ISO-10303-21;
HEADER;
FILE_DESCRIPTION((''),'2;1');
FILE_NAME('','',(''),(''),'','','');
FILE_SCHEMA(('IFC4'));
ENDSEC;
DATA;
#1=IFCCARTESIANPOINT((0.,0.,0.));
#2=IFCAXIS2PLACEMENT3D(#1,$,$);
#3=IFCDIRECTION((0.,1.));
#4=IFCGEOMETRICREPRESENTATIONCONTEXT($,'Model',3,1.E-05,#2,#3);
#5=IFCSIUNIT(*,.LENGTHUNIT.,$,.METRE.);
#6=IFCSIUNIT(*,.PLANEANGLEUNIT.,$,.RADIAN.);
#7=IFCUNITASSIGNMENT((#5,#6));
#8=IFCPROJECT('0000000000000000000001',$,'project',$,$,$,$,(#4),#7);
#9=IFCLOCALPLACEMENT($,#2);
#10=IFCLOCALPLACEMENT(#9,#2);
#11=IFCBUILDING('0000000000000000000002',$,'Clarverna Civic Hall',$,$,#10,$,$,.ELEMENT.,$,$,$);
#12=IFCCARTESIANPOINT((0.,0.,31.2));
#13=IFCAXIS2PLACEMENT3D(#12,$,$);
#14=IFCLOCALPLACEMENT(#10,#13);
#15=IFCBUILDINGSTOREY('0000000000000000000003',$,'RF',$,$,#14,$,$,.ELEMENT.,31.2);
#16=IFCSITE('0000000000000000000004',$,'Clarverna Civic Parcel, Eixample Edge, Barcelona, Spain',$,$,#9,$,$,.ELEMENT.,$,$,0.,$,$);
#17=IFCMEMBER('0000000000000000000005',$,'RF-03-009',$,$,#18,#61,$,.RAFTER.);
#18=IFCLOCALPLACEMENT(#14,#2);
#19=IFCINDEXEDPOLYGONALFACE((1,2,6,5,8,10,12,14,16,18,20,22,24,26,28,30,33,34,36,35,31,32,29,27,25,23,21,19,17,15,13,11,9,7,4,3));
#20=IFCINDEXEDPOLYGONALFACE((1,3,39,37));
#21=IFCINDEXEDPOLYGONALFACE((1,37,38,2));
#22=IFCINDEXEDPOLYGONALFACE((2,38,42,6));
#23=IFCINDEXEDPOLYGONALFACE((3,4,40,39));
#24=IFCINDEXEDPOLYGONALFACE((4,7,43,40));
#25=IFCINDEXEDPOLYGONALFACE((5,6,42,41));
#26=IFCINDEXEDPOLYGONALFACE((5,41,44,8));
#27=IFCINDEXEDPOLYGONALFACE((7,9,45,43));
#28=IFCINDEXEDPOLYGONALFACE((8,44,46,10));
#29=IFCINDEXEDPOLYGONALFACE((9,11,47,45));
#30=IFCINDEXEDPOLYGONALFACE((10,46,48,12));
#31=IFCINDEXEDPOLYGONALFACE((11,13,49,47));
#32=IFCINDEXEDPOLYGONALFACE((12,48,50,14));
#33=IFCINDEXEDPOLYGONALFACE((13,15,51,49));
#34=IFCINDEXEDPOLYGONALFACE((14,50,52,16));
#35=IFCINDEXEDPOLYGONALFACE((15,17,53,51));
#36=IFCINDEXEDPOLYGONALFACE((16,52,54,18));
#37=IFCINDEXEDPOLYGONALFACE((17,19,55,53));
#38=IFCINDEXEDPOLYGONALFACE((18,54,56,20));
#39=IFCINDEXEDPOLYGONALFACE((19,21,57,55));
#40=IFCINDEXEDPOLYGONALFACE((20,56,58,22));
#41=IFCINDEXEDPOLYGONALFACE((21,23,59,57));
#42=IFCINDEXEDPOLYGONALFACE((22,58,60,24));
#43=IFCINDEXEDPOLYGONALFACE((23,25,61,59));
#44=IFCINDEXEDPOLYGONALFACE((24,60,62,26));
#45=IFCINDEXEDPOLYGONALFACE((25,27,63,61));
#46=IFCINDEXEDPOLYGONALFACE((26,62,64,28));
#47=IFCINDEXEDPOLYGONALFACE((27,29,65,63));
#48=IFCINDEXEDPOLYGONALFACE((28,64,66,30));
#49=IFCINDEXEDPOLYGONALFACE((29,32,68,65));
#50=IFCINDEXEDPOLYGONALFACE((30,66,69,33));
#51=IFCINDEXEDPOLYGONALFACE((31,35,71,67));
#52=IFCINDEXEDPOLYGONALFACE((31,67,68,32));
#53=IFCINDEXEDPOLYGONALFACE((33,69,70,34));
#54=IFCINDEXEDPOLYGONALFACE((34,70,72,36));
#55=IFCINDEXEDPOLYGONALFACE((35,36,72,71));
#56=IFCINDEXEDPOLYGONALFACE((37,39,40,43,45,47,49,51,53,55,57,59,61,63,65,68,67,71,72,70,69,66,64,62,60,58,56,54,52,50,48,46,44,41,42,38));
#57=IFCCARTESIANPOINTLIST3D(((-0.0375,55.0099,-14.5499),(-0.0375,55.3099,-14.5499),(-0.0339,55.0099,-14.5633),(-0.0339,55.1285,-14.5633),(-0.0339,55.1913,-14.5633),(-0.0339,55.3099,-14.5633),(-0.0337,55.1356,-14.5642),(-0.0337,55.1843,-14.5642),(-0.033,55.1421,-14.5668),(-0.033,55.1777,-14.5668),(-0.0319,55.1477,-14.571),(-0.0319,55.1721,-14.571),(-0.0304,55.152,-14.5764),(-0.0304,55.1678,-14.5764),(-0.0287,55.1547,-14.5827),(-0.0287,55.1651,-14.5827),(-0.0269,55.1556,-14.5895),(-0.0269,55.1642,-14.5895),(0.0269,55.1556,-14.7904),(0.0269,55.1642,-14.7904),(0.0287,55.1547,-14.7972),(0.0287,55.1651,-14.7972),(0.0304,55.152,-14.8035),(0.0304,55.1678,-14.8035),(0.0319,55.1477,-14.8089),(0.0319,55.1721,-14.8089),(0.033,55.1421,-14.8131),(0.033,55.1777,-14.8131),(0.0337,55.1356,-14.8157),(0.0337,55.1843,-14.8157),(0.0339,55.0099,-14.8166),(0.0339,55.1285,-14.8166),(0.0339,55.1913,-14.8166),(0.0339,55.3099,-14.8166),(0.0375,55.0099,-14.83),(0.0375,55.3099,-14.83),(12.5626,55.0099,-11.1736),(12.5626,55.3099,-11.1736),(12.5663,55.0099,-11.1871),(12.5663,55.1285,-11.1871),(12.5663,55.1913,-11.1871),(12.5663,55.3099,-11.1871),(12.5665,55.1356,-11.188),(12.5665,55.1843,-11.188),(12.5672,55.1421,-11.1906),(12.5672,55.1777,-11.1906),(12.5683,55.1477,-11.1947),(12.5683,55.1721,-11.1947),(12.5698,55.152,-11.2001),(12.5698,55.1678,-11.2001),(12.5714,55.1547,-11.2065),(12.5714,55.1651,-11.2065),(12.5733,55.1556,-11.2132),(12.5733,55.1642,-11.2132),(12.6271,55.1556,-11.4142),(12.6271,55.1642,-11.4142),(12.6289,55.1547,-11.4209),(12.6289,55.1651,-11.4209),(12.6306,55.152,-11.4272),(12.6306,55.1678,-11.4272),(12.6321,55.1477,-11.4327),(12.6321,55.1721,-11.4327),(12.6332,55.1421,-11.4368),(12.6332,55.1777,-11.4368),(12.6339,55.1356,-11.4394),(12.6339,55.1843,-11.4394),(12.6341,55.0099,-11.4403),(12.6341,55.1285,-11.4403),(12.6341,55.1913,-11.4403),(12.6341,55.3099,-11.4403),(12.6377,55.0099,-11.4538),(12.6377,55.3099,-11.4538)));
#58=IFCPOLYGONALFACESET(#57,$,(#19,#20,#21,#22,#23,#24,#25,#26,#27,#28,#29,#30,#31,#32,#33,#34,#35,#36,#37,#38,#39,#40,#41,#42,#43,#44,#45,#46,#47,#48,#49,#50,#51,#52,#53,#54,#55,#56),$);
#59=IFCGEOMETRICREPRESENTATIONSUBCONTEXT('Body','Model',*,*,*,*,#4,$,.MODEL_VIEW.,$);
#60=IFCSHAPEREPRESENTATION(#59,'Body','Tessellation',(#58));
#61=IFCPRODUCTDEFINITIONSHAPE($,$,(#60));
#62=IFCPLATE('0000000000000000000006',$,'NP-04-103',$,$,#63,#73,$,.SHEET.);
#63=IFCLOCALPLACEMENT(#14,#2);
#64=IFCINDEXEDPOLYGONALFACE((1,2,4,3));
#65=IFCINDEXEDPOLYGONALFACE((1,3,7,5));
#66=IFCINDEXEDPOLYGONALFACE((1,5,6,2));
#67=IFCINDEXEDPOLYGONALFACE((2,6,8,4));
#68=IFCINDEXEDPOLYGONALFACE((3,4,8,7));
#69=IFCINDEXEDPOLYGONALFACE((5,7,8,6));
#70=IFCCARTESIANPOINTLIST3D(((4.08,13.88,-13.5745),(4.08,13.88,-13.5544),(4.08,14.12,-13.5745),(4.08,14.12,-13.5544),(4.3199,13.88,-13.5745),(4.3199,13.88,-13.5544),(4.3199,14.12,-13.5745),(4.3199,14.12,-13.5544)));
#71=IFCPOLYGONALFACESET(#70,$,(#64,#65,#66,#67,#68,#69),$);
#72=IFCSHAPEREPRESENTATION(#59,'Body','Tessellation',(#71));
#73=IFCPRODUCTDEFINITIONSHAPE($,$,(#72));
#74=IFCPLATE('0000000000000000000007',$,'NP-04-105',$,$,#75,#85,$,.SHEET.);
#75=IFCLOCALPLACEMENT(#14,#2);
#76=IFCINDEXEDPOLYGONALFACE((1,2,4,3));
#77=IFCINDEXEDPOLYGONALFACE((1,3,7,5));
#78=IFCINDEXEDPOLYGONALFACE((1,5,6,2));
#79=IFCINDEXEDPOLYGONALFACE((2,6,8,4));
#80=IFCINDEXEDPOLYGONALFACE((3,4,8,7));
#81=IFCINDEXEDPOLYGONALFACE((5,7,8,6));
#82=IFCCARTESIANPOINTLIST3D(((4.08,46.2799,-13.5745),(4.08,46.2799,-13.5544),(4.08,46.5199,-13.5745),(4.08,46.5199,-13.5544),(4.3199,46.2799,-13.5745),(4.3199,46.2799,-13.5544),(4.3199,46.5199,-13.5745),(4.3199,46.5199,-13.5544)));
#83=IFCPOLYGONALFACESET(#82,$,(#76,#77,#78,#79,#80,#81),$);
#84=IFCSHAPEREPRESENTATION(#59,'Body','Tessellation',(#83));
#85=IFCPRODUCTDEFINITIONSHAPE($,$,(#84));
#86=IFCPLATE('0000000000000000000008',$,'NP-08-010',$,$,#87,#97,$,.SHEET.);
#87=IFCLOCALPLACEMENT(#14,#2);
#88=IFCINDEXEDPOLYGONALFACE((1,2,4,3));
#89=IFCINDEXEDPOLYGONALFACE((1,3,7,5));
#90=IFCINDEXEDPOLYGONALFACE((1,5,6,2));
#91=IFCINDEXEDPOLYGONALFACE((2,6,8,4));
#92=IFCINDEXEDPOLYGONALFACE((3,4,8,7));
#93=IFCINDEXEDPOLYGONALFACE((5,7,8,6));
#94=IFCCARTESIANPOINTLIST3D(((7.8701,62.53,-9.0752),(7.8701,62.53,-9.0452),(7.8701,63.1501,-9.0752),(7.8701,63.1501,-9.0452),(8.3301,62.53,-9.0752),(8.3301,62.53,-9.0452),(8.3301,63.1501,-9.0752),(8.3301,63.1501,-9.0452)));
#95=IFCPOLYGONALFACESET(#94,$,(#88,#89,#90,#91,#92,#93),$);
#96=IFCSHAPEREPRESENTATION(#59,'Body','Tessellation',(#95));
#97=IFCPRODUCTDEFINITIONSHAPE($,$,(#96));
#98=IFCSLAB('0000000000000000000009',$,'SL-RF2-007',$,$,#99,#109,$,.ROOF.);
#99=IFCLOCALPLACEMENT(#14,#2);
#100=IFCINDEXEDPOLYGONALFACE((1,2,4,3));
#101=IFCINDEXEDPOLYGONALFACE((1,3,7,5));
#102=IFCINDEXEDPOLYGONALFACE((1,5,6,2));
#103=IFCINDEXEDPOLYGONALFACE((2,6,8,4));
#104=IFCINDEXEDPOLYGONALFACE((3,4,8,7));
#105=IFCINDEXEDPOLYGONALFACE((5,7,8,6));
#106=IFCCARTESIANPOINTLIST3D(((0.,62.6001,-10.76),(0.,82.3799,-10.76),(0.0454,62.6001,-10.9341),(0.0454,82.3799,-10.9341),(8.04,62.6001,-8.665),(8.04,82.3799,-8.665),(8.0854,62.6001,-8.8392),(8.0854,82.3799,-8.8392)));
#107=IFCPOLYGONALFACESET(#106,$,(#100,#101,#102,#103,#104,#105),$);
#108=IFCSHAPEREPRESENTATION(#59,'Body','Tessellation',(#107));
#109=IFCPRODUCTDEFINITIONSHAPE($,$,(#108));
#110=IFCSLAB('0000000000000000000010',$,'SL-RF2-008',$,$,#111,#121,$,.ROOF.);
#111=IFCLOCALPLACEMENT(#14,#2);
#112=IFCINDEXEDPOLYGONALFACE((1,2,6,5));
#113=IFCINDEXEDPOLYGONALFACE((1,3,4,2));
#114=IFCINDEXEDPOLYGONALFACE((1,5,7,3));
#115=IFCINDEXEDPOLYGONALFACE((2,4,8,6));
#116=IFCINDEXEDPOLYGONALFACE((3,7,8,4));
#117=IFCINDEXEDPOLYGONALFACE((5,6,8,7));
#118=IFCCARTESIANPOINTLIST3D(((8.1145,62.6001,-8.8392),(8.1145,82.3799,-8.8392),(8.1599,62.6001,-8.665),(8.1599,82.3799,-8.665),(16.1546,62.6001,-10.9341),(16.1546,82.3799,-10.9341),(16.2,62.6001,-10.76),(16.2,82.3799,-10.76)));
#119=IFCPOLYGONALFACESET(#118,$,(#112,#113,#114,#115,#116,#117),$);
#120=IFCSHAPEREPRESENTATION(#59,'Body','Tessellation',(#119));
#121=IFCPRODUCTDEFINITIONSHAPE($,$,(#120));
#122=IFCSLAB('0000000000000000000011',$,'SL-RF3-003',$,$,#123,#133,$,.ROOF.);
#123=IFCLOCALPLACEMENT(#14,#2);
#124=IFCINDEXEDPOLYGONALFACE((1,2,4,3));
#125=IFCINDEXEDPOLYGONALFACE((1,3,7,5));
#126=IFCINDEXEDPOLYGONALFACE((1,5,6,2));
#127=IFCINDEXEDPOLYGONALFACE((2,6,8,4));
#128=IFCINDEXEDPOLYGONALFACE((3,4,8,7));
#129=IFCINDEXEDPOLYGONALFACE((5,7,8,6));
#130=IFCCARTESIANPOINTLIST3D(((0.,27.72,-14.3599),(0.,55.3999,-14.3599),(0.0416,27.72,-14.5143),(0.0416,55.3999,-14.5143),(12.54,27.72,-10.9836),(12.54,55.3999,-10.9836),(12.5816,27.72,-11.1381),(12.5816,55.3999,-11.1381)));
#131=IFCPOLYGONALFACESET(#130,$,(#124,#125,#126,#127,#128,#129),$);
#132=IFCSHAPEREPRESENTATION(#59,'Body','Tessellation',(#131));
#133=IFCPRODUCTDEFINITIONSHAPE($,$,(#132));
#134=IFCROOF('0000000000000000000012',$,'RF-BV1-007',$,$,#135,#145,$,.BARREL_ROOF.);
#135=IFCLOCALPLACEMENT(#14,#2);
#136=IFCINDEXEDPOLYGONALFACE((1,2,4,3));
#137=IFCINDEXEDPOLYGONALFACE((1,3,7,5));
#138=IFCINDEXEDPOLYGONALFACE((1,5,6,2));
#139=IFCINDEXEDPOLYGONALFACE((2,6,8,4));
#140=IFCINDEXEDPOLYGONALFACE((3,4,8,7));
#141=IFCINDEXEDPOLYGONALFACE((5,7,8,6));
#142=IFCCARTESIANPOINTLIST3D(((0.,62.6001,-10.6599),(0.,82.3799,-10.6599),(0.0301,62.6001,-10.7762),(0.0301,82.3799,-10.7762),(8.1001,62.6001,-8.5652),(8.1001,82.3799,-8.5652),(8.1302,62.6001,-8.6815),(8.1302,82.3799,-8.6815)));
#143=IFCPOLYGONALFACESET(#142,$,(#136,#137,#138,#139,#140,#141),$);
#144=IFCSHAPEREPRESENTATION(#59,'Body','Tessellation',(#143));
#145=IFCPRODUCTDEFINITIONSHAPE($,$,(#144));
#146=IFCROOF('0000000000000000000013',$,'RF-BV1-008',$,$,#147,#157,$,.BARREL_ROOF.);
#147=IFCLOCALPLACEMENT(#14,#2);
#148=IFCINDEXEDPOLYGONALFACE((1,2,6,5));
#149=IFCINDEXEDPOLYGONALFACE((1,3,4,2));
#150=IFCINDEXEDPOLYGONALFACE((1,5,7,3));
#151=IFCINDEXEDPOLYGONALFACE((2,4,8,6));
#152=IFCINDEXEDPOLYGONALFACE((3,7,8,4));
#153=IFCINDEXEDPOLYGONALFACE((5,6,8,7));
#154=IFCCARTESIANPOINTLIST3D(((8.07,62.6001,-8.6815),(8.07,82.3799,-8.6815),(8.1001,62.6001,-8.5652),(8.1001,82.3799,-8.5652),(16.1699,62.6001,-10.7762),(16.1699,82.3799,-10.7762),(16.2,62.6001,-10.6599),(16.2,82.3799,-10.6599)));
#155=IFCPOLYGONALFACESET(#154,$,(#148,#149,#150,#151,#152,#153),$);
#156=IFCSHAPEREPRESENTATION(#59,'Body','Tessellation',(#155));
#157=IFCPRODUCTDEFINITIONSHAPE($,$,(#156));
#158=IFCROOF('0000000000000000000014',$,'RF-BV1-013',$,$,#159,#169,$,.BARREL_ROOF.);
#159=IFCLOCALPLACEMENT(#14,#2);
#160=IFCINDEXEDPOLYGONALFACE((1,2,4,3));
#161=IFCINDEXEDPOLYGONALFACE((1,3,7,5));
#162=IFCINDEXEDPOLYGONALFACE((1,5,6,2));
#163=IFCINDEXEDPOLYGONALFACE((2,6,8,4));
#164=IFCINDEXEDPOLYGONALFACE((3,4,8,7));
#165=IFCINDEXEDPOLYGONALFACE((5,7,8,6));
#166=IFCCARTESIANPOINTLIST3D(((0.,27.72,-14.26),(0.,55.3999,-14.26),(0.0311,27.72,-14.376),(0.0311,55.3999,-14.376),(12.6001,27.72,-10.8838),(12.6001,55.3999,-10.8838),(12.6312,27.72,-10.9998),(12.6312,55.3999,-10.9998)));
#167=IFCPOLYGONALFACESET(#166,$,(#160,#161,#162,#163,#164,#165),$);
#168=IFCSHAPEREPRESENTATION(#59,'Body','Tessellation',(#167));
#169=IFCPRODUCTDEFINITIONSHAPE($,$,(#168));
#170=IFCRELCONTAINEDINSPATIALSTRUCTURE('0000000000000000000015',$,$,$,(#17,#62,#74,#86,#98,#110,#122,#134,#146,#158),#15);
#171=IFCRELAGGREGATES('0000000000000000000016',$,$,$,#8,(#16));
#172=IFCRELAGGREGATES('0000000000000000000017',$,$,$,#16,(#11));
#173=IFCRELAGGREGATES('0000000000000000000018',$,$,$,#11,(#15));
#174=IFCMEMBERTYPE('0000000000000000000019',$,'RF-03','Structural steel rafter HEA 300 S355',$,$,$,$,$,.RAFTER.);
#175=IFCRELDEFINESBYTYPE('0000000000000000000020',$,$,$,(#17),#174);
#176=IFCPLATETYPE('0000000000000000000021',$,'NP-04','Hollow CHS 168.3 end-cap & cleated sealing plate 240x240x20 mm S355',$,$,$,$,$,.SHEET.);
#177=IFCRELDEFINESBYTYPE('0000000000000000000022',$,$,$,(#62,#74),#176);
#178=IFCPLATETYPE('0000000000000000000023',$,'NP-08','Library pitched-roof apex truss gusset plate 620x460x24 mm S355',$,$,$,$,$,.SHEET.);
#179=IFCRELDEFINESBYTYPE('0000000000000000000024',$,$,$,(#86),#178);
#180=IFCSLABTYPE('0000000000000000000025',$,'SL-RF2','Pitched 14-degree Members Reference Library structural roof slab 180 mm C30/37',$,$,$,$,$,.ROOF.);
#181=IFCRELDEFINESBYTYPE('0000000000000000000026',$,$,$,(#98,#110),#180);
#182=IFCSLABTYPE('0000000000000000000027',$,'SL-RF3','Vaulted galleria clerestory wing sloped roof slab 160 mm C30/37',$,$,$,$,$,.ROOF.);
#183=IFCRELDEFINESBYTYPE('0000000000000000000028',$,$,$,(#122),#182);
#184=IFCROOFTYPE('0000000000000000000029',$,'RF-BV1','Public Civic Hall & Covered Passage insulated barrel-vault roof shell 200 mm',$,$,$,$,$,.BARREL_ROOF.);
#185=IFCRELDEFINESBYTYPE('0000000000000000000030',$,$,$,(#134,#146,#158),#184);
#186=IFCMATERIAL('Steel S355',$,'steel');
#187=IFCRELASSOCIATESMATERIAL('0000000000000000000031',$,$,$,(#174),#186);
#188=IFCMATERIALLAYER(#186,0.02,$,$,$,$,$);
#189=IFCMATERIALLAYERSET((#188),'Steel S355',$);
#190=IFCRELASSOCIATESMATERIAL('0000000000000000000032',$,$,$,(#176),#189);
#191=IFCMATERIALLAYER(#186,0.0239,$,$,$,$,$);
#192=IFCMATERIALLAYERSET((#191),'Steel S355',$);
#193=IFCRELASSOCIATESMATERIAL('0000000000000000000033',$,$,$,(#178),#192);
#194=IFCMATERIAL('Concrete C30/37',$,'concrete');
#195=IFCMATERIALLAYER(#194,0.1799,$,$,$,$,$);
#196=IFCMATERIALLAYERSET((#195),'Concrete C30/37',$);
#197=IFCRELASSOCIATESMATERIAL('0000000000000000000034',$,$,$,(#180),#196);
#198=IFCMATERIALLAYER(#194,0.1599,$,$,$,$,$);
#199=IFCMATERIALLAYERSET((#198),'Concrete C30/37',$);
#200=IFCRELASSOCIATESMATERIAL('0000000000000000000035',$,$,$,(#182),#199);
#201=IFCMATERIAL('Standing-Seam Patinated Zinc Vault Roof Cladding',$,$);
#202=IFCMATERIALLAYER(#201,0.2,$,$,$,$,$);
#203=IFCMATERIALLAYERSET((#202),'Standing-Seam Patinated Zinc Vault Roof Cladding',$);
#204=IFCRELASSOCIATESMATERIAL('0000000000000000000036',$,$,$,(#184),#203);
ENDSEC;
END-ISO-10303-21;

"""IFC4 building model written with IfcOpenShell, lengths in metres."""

from ifc_helpers import new_model, si_unit, direction, frame, origin, origin_2d, place, context, subcontext, project, spatial, polyline, rectangle, i_section, outline, extrude, material, layer, layer_set, material_profile, profile_set, type_object, element, save


model = new_model("IFC4")

# Units and contexts
model_context = context("Model", 3, precision=1e-05, world=origin(), true_north=direction((0.0, 1.0)))
body_context = subcontext(model_context, "Body", "Model", "MODEL_VIEW")
ifc_project = project(units=[si_unit("LENGTHUNIT", "METRE"), si_unit("PLANEANGLEUNIT", "RADIAN")], contexts=[model_context])

# Site, building, storey
site_placement = place(None, origin())
site = spatial("IfcSite", under=ifc_project, at=site_placement, Name="Clarverna Civic Parcel, Eixample Edge, Barcelona, Spain", CompositionType="ELEMENT", RefElevation=0.0)
building_placement = place(site_placement, origin())
building = spatial("IfcBuilding", under=site, at=building_placement, Name="Clarverna Civic Hall", CompositionType="ELEMENT")
storey_placement = place(building_placement, frame((0.0, 0.0, 31.2)))
storey = spatial("IfcBuildingStorey", under=building, at=storey_placement, Name="RF", CompositionType="ELEMENT", Elevation=31.2)

# Member
ifc_material_1 = material(Name="Steel S355", Category="steel")
ifc_material_profile_1 = material_profile(ifc_material_1, i_section(OverallWidth=0.3, OverallDepth=0.29, WebThickness=0.0085, FlangeThickness=0.0139, FilletRadius=0.0271, at=origin_2d()), Name="HEA 300")
ifc_profile_set_1 = profile_set([ifc_material_profile_1], Name="Steel S355")
member_type_1 = type_object("IfcMemberType", Name="RF-03", Description="Structural steel rafter HEA 300 S355", PredefinedType="RAFTER", material=ifc_profile_set_1)
for number, where, z_axis, x_axis, name in (
    (1, (0.0, 55.1599, -14.6899), (0.965925, 0.0, 0.258822), (0.0, 1.0, 0.0), "RF-03-009"),
):
    element("IfcMember", number, at=place(storey_placement, frame(where, z_axis=z_axis, x_axis=x_axis)), inside=storey, type_object=member_type_1, Name=name, PredefinedType="RAFTER", context=body_context, shape_type="SweptSolid", body=[
        extrude(i_section(OverallWidth=0.3, OverallDepth=0.29, WebThickness=0.0085, FlangeThickness=0.0139, FilletRadius=0.0271, at=origin_2d()), origin(), (0.0, 0.0, 1.0), 13.0447),
    ])

# Plates
ifc_layer_1 = layer(ifc_material_1, 0.02)
ifc_layer_set_1 = layer_set([ifc_layer_1], Name="Steel S355")
plate_type_1 = type_object("IfcPlateType", Name="NP-04", Description="Hollow CHS 168.3 end-cap & cleated sealing plate 240x240x20 mm S355", PredefinedType="SHEET", material=ifc_layer_set_1)
for number, where, z_axis, x_axis, name in (
    (2, (4.2, 14.0, -13.5745), (0.0, 0.0, 1.0), (1.0, 0.0, 0.0), "NP-04-103"),
    (3, (4.2, 46.3999, -13.5745), (0.0, 0.0, 1.0), (1.0, 0.0, 0.0), "NP-04-105"),
):
    element("IfcPlate", number, at=place(storey_placement, frame(where, z_axis=z_axis, x_axis=x_axis)), inside=storey, type_object=plate_type_1, Name=name, PredefinedType="SHEET", context=body_context, shape_type="SweptSolid", body=[
        extrude(rectangle(XDim=0.24, YDim=0.24, at=origin_2d()), origin(), (0.0, 0.0, 1.0), 0.02),
    ])
ifc_layer_2 = layer(ifc_material_1, 0.0239)
ifc_layer_set_2 = layer_set([ifc_layer_2], Name="Steel S355")
plate_type_2 = type_object("IfcPlateType", Name="NP-08", Description="Library pitched-roof apex truss gusset plate 620x460x24 mm S355", PredefinedType="SHEET", material=ifc_layer_set_2)
plate_placement = place(storey_placement, frame((8.1001, 62.8401, -9.0752), z_axis=(0.0, 0.0, 1.0), x_axis=(1.0, 0.0, 0.0)))
element("IfcPlate", 4, at=plate_placement, inside=storey, type_object=plate_type_2, Name="NP-08-010", PredefinedType="SHEET", context=body_context, shape_type="SweptSolid", body=[
    extrude(rectangle(XDim=0.46, YDim=0.6201, at=origin_2d()), origin(), (0.0, 0.0, 1.0), 0.03),
])

# Slabs
ifc_material_2 = material(Name="Concrete C30/37", Category="concrete")
ifc_layer_3 = layer(ifc_material_2, 0.1799)
ifc_layer_set_3 = layer_set([ifc_layer_3], Name="Concrete C30/37")
slab_type_1 = type_object("IfcSlabType", Name="SL-RF2", Description="Pitched 14-degree Members Reference Library structural roof slab 180 mm C30/37", PredefinedType="ROOF", material=ifc_layer_set_3)
for number, where, z_axis, x_axis, name in (
    (5, (0.0, 62.6001, -10.76), (-0.252148, 0.0, 0.967689), (0.967689, 0.0, 0.252148), "SL-RF2-007"),
    (6, (8.1599, 62.6001, -8.665), (0.252148, 0.0, 0.967689), (0.967689, 0.0, -0.252148), "SL-RF2-008"),
):
    element("IfcSlab", number, at=place(storey_placement, frame(where, z_axis=z_axis, x_axis=x_axis)), inside=storey, type_object=slab_type_1, Name=name, PredefinedType="ROOF", context=body_context, shape_type="SweptSolid", body=[
        extrude(outline(polyline([(0.0, 0.0), (8.3085, 0.0), (8.3085, 19.7798), (0.0, 19.7798), (0.0, 0.0)])), origin(), (0.0, 0.0, -1.0), 0.1799),
    ])
ifc_layer_4 = layer(ifc_material_2, 0.1599)
ifc_layer_set_4 = layer_set([ifc_layer_4], Name="Concrete C30/37")
slab_type_2 = type_object("IfcSlabType", Name="SL-RF3", Description="Vaulted galleria clerestory wing sloped roof slab 160 mm C30/37", PredefinedType="ROOF", material=ifc_layer_set_4)
slab_placement = place(storey_placement, frame((0.0, 27.72, -14.3599), z_axis=(-0.259978, 0.0, 0.965615), x_axis=(0.965615, 0.0, 0.259978)))
element("IfcSlab", 7, at=slab_placement, inside=storey, type_object=slab_type_2, Name="SL-RF3-003", PredefinedType="ROOF", context=body_context, shape_type="SweptSolid", body=[
    extrude(outline(polyline([(0.0, 0.0), (12.9866, 0.0), (12.9866, 27.6799), (0.0, 27.6799), (0.0, 0.0)])), origin(), (0.0, 0.0, -1.0), 0.1599),
])

# Roofs
ifc_material_3 = material(Name="Standing-Seam Patinated Zinc Vault Roof Cladding")
ifc_layer_5 = layer(ifc_material_3, 0.2)
ifc_layer_set_5 = layer_set([ifc_layer_5], Name="Standing-Seam Patinated Zinc Vault Roof Cladding")
roof_type = type_object("IfcRoofType", Name="RF-BV1", Description="Public Civic Hall & Covered Passage insulated barrel-vault roof shell 200 mm", PredefinedType="BARREL_ROOF", material=ifc_layer_set_5)
roof_1_placement = place(storey_placement, frame((0.0, 62.6001, -10.6599), z_axis=(-0.250369, 0.0, 0.968151), x_axis=(0.968151, 0.0, 0.250369)))
element("IfcRoof", 8, at=roof_1_placement, inside=storey, type_object=roof_type, Name="RF-BV1-007", PredefinedType="BARREL_ROOF", context=body_context, shape_type="SweptSolid", body=[
    extrude(outline(polyline([(0.0, 0.0), (8.3666, 0.0), (8.3666, 19.7798), (0.0, 19.7798), (0.0, 0.0)])), origin(), (0.0, 0.0, -1.0), 0.1201),
])
roof_2_placement = place(storey_placement, frame((8.1001, 62.6001, -8.5652), z_axis=(0.250376, 0.0, 0.968149), x_axis=(0.968149, 0.0, -0.250376)))
element("IfcRoof", 9, at=roof_2_placement, inside=storey, type_object=roof_type, Name="RF-BV1-008", PredefinedType="BARREL_ROOF", context=body_context, shape_type="SweptSolid", body=[
    extrude(outline(polyline([(0.0, 0.0), (8.3663, 0.0), (8.3663, 19.7798), (0.0, 19.7798), (0.0, 0.0)])), origin(), (0.0, 0.0, -1.0), 0.1201),
])
roof_3_placement = place(storey_placement, frame((0.0, 27.72, -14.26), z_axis=(-0.258822, 0.0, 0.965925), x_axis=(0.965925, 0.0, 0.258822)))
element("IfcRoof", 10, at=roof_3_placement, inside=storey, type_object=roof_type, Name="RF-BV1-013", PredefinedType="BARREL_ROOF", context=body_context, shape_type="SweptSolid", body=[
    extrude(outline(polyline([(0.0, 0.0), (13.0446, 0.0), (13.0446, 27.6799), (0.0, 27.6799), (0.0, 0.0)])), origin(), (0.0, 0.0, -1.0), 0.1201),
])

save(model, "model.ifc")
